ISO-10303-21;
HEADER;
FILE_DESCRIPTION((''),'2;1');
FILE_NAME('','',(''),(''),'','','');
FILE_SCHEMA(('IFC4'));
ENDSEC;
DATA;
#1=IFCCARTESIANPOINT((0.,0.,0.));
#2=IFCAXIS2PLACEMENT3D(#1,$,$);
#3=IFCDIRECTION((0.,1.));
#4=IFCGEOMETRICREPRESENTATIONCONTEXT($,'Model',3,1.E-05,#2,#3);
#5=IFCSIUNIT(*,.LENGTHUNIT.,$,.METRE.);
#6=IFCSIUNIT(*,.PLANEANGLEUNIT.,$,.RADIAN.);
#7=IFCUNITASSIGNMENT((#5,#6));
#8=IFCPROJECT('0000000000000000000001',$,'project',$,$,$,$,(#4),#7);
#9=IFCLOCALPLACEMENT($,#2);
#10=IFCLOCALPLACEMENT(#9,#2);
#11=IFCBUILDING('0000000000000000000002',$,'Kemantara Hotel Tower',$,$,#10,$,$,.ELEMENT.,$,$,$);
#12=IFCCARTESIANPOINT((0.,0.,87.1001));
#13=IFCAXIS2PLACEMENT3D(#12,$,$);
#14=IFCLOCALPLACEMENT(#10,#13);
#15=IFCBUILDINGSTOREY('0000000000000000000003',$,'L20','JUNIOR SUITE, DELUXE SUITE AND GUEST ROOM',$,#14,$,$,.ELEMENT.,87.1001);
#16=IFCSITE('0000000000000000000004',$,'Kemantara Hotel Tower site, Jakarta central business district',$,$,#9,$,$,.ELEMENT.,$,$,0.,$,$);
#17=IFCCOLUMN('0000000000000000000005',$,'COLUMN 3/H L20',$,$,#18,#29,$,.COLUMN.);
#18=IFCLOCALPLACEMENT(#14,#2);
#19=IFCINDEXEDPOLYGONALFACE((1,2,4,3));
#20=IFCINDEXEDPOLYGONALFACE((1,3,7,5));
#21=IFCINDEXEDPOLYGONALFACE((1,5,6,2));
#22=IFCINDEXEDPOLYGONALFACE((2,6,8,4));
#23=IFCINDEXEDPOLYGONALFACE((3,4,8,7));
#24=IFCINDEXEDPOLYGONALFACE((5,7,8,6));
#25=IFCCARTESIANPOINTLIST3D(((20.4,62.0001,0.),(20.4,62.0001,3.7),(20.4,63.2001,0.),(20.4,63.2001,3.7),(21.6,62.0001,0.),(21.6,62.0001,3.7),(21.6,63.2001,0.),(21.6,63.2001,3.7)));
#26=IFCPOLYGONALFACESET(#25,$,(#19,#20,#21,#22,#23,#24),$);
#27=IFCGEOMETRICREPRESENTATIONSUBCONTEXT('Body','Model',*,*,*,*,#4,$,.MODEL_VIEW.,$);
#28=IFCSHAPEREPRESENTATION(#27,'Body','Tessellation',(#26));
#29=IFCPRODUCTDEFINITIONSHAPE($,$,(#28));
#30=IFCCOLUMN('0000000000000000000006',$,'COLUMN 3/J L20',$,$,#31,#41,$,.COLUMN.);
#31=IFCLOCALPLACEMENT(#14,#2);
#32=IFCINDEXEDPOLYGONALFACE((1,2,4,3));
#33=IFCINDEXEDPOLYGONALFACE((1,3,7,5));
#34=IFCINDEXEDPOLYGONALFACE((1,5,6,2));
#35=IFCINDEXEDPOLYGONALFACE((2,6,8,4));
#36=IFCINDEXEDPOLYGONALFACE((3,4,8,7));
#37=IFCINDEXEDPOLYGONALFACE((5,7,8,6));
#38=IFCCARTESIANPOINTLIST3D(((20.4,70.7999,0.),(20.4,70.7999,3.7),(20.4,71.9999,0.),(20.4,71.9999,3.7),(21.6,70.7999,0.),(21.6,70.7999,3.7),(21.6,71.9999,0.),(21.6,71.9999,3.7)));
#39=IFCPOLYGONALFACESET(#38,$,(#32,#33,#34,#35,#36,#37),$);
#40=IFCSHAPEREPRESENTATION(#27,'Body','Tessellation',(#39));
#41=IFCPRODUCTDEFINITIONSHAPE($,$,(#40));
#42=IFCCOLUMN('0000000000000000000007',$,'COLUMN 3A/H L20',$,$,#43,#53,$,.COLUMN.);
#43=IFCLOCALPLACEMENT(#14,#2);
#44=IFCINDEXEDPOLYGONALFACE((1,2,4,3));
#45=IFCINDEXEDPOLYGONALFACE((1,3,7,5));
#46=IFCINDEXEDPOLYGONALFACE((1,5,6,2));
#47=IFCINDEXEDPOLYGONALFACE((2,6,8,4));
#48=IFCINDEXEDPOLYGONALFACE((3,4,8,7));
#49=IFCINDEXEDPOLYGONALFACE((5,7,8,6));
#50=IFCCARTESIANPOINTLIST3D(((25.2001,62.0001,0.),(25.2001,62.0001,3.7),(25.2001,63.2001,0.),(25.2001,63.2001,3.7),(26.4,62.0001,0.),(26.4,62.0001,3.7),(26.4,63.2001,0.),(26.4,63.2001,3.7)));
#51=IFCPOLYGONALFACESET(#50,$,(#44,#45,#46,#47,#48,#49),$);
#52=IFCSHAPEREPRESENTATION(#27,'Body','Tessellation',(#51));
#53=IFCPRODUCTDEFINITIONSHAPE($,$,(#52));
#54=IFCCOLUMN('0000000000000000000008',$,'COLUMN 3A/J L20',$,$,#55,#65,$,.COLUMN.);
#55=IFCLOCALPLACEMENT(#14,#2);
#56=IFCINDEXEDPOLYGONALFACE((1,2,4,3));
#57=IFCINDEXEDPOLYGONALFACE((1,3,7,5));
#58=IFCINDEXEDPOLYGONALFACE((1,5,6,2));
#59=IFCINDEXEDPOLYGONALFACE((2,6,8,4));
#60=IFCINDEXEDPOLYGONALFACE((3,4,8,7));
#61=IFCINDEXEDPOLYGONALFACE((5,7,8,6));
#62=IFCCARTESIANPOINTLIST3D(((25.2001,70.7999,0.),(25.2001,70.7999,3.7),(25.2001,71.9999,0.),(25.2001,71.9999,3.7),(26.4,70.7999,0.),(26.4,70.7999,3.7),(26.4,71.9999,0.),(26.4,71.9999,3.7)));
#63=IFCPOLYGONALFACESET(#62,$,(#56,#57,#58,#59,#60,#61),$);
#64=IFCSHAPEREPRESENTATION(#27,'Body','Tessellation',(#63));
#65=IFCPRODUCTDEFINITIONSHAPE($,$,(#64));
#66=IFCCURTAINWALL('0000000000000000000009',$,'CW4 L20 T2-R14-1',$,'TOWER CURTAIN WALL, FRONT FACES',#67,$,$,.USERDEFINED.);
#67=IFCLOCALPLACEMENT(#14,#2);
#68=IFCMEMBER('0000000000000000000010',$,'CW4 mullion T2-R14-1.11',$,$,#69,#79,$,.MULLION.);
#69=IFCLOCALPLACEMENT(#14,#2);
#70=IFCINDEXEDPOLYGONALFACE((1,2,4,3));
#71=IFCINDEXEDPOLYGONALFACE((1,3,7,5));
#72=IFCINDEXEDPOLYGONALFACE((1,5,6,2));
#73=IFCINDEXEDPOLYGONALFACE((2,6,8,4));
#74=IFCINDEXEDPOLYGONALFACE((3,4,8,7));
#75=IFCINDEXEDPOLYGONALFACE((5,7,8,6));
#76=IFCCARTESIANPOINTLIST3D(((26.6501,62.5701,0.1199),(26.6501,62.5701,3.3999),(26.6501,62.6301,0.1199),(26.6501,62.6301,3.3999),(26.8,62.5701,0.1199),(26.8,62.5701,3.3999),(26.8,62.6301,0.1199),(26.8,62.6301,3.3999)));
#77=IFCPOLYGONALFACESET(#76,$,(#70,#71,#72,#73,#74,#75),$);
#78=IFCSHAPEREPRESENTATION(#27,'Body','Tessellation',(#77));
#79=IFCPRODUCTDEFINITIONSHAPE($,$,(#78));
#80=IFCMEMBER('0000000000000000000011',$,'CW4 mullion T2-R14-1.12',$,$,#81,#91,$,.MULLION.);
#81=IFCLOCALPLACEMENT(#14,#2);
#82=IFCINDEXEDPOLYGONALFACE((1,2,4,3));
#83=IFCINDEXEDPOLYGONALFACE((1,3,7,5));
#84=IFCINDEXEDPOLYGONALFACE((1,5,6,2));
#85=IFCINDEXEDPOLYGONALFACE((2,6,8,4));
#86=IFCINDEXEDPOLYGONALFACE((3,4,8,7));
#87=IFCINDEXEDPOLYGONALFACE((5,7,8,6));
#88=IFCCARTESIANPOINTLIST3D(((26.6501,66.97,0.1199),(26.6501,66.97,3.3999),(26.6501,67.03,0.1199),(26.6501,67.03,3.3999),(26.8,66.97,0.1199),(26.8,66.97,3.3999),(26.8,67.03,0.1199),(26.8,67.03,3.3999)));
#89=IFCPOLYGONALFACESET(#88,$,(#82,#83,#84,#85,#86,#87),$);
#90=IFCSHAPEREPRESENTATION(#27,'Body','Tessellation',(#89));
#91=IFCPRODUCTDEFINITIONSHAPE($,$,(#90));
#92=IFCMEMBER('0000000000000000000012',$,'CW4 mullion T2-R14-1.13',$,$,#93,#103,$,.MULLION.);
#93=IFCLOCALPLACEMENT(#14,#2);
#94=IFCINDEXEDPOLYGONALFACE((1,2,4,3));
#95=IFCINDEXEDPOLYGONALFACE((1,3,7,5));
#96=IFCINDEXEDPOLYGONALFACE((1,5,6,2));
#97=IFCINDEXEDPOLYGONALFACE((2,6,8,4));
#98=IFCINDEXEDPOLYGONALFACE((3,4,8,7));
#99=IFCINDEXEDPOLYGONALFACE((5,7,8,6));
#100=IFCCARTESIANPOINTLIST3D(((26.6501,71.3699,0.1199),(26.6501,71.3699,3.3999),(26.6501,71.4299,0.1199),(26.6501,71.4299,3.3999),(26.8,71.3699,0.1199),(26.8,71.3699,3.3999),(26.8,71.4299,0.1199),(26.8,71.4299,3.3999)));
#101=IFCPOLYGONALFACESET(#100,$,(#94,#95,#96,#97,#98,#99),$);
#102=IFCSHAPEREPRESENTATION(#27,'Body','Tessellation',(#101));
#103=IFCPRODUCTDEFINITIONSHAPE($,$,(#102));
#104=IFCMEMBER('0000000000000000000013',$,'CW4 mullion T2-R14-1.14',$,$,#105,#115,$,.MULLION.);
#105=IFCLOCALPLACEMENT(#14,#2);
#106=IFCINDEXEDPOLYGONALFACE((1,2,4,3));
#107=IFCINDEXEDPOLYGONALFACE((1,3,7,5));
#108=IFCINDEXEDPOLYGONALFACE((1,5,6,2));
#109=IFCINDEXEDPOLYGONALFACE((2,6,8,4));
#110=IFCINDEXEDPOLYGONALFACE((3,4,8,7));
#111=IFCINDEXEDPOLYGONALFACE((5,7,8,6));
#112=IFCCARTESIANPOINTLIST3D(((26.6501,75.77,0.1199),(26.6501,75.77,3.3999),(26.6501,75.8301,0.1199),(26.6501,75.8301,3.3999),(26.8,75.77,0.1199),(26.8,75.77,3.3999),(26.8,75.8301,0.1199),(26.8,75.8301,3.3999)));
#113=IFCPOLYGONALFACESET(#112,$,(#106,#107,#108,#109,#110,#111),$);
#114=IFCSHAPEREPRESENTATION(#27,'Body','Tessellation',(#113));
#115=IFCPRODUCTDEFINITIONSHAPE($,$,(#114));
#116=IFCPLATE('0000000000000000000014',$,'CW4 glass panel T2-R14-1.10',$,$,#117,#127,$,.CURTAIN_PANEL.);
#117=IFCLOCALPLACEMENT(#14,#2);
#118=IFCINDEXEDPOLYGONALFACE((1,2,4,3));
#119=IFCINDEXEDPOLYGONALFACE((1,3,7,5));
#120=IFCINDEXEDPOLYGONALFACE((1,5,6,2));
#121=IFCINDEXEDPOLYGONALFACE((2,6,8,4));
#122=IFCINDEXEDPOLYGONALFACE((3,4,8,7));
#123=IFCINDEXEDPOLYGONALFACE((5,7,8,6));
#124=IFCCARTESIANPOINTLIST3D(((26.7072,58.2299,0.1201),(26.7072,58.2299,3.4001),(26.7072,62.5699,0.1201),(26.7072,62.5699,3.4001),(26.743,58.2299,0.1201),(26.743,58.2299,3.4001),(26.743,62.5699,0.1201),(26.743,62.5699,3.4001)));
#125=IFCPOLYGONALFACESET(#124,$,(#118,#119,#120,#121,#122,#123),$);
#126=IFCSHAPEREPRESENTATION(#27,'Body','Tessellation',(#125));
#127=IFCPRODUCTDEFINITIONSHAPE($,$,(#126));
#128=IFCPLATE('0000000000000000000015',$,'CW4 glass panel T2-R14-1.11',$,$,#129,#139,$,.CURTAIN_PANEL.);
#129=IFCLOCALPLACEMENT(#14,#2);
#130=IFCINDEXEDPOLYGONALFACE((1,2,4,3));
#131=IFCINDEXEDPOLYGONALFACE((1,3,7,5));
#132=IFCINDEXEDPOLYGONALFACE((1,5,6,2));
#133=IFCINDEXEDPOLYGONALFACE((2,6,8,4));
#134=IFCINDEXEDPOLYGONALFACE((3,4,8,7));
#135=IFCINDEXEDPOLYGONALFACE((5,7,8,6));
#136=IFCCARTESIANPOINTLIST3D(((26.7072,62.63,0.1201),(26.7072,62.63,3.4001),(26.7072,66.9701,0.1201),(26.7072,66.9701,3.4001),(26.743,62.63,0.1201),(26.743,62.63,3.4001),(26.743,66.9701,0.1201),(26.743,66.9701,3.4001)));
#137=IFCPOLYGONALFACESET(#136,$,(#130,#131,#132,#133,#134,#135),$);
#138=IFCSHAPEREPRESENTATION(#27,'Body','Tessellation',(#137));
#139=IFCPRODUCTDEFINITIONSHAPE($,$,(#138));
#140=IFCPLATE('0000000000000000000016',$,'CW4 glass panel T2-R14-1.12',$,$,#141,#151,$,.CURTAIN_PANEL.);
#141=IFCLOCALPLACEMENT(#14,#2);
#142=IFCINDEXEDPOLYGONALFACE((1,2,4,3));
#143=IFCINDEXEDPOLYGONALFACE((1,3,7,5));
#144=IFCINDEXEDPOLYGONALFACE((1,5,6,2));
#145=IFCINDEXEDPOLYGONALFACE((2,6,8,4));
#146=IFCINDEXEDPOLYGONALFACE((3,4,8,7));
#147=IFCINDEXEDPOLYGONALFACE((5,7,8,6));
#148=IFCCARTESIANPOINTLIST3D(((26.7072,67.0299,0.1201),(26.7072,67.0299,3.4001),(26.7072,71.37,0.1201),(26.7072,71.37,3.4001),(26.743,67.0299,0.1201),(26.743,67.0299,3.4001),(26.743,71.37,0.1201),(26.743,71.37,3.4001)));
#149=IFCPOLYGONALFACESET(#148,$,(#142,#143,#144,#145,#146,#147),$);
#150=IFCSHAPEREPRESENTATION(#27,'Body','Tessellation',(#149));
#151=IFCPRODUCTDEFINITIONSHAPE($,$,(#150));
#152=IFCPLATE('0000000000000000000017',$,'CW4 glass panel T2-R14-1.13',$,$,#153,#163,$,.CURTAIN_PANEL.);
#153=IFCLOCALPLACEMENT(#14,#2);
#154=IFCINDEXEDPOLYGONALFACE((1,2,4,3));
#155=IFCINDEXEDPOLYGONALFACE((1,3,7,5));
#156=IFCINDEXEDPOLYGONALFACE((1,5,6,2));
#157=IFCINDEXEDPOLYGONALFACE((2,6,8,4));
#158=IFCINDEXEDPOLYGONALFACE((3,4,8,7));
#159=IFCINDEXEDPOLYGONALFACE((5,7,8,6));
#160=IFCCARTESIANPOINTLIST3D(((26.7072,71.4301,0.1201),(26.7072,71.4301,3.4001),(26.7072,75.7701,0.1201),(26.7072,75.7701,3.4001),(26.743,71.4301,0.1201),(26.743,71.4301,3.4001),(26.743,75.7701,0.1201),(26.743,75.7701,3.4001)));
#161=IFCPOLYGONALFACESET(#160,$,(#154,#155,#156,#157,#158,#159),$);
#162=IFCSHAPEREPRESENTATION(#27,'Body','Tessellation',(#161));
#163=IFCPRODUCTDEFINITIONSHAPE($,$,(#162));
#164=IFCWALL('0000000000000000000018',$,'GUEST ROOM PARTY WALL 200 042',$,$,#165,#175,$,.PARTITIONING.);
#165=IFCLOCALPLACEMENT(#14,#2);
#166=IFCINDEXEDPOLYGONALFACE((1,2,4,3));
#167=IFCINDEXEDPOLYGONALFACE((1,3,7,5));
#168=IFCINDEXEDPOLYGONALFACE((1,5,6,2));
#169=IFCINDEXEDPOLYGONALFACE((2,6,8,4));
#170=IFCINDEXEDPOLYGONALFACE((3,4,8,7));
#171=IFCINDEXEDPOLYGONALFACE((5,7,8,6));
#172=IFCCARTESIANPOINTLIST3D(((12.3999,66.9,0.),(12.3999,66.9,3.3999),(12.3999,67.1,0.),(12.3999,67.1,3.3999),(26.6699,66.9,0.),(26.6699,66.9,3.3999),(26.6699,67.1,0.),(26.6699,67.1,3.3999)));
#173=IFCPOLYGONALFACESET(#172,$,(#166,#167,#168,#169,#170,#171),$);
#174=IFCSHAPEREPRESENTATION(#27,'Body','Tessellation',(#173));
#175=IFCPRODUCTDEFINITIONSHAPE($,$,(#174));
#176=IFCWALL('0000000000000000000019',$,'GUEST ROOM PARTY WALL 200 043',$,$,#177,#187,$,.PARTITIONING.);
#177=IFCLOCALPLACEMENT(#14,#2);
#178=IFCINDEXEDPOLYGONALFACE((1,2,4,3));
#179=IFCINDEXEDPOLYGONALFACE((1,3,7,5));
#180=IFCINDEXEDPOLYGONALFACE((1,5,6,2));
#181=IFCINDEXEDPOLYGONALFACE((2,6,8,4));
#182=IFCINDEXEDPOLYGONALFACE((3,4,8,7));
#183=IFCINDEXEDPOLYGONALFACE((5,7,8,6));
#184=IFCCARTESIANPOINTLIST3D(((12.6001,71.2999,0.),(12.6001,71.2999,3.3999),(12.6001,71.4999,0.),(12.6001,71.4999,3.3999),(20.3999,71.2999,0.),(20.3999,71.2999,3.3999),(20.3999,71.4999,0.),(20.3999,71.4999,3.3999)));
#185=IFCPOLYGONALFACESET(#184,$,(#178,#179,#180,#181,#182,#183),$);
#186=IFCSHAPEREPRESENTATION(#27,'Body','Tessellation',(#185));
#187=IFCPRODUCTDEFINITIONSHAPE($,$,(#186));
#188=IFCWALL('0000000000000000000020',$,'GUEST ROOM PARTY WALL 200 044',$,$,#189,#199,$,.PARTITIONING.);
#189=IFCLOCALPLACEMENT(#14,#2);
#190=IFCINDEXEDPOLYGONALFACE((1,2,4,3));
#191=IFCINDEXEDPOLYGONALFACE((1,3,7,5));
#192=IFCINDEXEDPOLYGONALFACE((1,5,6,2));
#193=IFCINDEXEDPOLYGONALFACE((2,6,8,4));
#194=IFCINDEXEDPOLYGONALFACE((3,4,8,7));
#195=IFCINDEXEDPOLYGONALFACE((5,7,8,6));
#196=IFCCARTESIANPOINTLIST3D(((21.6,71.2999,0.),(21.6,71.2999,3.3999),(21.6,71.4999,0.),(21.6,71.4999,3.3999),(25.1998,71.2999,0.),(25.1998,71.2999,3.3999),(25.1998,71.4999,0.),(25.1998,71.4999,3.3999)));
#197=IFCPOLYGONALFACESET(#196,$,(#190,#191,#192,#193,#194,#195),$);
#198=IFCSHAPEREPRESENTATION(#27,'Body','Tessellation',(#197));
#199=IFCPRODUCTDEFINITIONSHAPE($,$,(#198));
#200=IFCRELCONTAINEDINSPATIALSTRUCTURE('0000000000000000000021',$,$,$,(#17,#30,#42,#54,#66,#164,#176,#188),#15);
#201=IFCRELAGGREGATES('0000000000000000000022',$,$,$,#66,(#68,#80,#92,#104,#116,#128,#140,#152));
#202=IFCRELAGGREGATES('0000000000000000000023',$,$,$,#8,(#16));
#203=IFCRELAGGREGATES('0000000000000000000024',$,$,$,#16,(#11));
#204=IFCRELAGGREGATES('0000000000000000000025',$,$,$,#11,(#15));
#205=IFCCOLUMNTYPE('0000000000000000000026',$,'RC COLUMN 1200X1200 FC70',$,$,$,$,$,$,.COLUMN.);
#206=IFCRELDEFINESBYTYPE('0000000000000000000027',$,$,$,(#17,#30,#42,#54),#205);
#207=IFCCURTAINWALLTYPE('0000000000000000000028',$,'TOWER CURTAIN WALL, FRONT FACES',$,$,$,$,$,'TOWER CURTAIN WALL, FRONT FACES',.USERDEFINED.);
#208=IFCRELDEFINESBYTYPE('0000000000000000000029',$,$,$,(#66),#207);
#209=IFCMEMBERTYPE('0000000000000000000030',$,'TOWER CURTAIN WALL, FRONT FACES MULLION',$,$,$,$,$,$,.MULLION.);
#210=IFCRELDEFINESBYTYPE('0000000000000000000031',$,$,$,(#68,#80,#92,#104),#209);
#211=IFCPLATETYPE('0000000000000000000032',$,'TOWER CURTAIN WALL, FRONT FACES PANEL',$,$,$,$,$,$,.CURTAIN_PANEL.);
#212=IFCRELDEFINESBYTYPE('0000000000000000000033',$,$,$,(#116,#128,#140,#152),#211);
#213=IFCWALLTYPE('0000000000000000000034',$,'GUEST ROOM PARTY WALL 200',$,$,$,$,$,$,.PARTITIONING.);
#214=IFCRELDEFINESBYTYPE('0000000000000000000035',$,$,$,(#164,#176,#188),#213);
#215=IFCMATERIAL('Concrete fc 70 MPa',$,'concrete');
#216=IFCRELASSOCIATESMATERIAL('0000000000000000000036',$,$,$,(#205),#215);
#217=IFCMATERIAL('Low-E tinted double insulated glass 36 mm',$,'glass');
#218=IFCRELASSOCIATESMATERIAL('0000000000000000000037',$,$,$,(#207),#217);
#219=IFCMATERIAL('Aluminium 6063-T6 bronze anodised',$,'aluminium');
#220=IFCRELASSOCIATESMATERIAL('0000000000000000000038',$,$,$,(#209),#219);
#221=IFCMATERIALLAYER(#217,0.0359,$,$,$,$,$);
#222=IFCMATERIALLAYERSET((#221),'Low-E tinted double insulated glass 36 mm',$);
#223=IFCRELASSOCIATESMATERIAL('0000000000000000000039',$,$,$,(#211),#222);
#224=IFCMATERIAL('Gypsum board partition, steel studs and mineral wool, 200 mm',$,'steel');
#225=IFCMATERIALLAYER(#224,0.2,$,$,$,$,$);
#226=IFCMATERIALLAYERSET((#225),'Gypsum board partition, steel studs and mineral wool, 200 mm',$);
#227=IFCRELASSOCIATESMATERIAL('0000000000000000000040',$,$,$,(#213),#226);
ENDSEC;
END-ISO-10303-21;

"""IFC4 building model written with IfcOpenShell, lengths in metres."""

from ifc_helpers import new_model, si_unit, direction, frame, frame_2d, origin, origin_2d, place, context, subcontext, project, spatial, rectangle, extrude, source, transform, mapped, material, layer, layer_set, material_profile, profile_set, type_object, element, aggregate, save


model = new_model("IFC4")

# Units and contexts
model_context = context("Model", 3, precision=1e-05, world=origin(), true_north=direction((0.0, 1.0)))
body_context = subcontext(model_context, "Body", "Model", "MODEL_VIEW")
ifc_project = project(units=[si_unit("LENGTHUNIT", "METRE"), si_unit("PLANEANGLEUNIT", "RADIAN")], contexts=[model_context])

# Site, building, storey
site_placement = place(None, origin())
site = spatial("IfcSite", under=ifc_project, at=site_placement, Name="Kemantara Hotel Tower site, Jakarta central business district", CompositionType="ELEMENT", RefElevation=0.0)
building_placement = place(site_placement, origin())
building = spatial("IfcBuilding", under=site, at=building_placement, Name="Kemantara Hotel Tower", CompositionType="ELEMENT")
storey_placement = place(building_placement, frame((0.0, 0.0, 87.1001)))
storey = spatial("IfcBuildingStorey", under=building, at=storey_placement, Name="L20", Description="JUNIOR SUITE, DELUXE SUITE AND GUEST ROOM", CompositionType="ELEMENT", Elevation=87.1001)

# Columns
ifc_material_1 = material(Name="Concrete fc 70 MPa", Category="concrete")
ifc_material_profile_1 = material_profile(ifc_material_1, rectangle(XDim=1.2, YDim=1.2, at=origin_2d()), Name="RC 1200X1200")
ifc_profile_set_1 = profile_set([ifc_material_profile_1], Name="Concrete fc 70 MPa")
column_type = type_object("IfcColumnType", Name="RC COLUMN 1200X1200 FC70", PredefinedType="COLUMN", material=ifc_profile_set_1)
for number, where, z_axis, x_axis, name in (
    (1, (21.0, 62.6001, 0.0), (0.0, 0.0, 1.0), (1.0, 0.0, 0.0), "COLUMN 3/H L20"),
    (2, (21.0, 71.3999, 0.0), (0.0, 0.0, 1.0), (1.0, 0.0, 0.0), "COLUMN 3/J L20"),
    (3, (25.8, 62.6001, 0.0), (0.0, 0.0, 1.0), (1.0, 0.0, 0.0), "COLUMN 3A/H L20"),
    (4, (25.8, 71.3999, 0.0), (0.0, 0.0, 1.0), (1.0, 0.0, 0.0), "COLUMN 3A/J L20"),
):
    element("IfcColumn", number, at=place(storey_placement, frame(where, z_axis=z_axis, x_axis=x_axis)), inside=storey, type_object=column_type, Name=name, PredefinedType="COLUMN", context=body_context, shape_type="SweptSolid", body=[
        extrude(rectangle(XDim=1.2, YDim=1.2, at=origin_2d()), origin(), (0.0, 0.0, 1.0), 3.7),
    ])

# Curtain wall, members, plates
ifc_material_2 = material(Name="Low-E tinted double insulated glass 36 mm", Category="glass")
curtain_wall_type = type_object("IfcCurtainWallType", Name="TOWER CURTAIN WALL, FRONT FACES", ElementType="TOWER CURTAIN WALL, FRONT FACES", PredefinedType="USERDEFINED", material=ifc_material_2)
curtain_wall_placement = place(storey_placement, origin())
curtain_wall = element("IfcCurtainWall", 5, at=curtain_wall_placement, inside=storey, type_object=curtain_wall_type, Name="CW4 L20 T2-R14-1", ObjectType="TOWER CURTAIN WALL, FRONT FACES", PredefinedType="USERDEFINED")
ifc_material_3 = material(Name="Aluminium 6063-T6 bronze anodised", Category="aluminium")
ifc_material_profile_2 = material_profile(ifc_material_3, rectangle(XDim=0.1499, YDim=0.0601, at=origin_2d()), Name="TOWER CURTAIN WALL, FRONT FACES MULLION")
ifc_profile_set_2 = profile_set([ifc_material_profile_2], Name="Aluminium 6063-T6 bronze anodised")
member_type = type_object("IfcMemberType", Name="TOWER CURTAIN WALL, FRONT FACES MULLION", PredefinedType="MULLION", material=ifc_profile_set_2)
shared_shape_1 = source(origin(), body_context, "Body", "SweptSolid", [
    extrude(rectangle(XDim=0.1499, YDim=0.0601, at=origin_2d()), origin(), (0.0, 0.0, 1.0), 3.28),
])
member_1_placement = place(storey_placement, frame((26.7251, 62.6001, 0.1199), z_axis=(0.0, 0.0, 1.0), x_axis=(-1.0, 0.0, 0.0)))
member_1 = element("IfcMember", 6, at=member_1_placement, type_object=member_type, Name="CW4 mullion T2-R14-1.11", PredefinedType="MULLION", context=body_context, shape_type="MappedRepresentation", body=[
    mapped(shared_shape_1, transform((0.0, 0.0, 0.0))),
])
member_2_placement = place(storey_placement, frame((26.7251, 67.0, 0.1199), z_axis=(0.0, 0.0, 1.0), x_axis=(-1.0, 0.0, 0.0)))
member_2 = element("IfcMember", 7, at=member_2_placement, type_object=member_type, Name="CW4 mullion T2-R14-1.12", PredefinedType="MULLION", context=body_context, shape_type="MappedRepresentation", body=[
    mapped(shared_shape_1, transform((0.0, 0.0, 0.0))),
])
member_3_placement = place(storey_placement, frame((26.7251, 71.3999, 0.1199), z_axis=(0.0, 0.0, 1.0), x_axis=(-1.0, 0.0, 0.0)))
member_3 = element("IfcMember", 8, at=member_3_placement, type_object=member_type, Name="CW4 mullion T2-R14-1.13", PredefinedType="MULLION", context=body_context, shape_type="MappedRepresentation", body=[
    mapped(shared_shape_1, transform((0.0, 0.0, 0.0))),
])
member_4_placement = place(storey_placement, frame((26.7251, 75.8, 0.1199), z_axis=(0.0, 0.0, 1.0), x_axis=(-1.0, 0.0, 0.0)))
member_4 = element("IfcMember", 9, at=member_4_placement, type_object=member_type, Name="CW4 mullion T2-R14-1.14", PredefinedType="MULLION", context=body_context, shape_type="MappedRepresentation", body=[
    mapped(shared_shape_1, transform((0.0, 0.0, 0.0))),
])
ifc_layer_1 = layer(ifc_material_2, 0.0359)
ifc_layer_set_1 = layer_set([ifc_layer_1], Name="Low-E tinted double insulated glass 36 mm")
plate_type = type_object("IfcPlateType", Name="TOWER CURTAIN WALL, FRONT FACES PANEL", PredefinedType="CURTAIN_PANEL", material=ifc_layer_set_1)
shared_shape_2 = source(origin(), body_context, "Body", "SweptSolid", [
    extrude(rectangle(XDim=4.3401, YDim=0.0359, at=origin_2d()), origin(), (0.0, 0.0, 1.0), 3.28),
])
plate_1_placement = place(storey_placement, frame((26.7251, 60.3999, 0.1201), z_axis=(0.0, 0.0, 1.0), x_axis=(0.0, 1.0, 0.0)))
plate_1 = element("IfcPlate", 10, at=plate_1_placement, type_object=plate_type, Name="CW4 glass panel T2-R14-1.10", PredefinedType="CURTAIN_PANEL", context=body_context, shape_type="MappedRepresentation", body=[
    mapped(shared_shape_2, transform((0.0, 0.0, 0.0))),
])
plate_2_placement = place(storey_placement, frame((26.7251, 64.8, 0.1201), z_axis=(0.0, 0.0, 1.0), x_axis=(0.0, 1.0, 0.0)))
plate_2 = element("IfcPlate", 11, at=plate_2_placement, type_object=plate_type, Name="CW4 glass panel T2-R14-1.11", PredefinedType="CURTAIN_PANEL", context=body_context, shape_type="MappedRepresentation", body=[
    mapped(shared_shape_2, transform((0.0, 0.0, 0.0))),
])
plate_3_placement = place(storey_placement, frame((26.7251, 69.2, 0.1201), z_axis=(0.0, 0.0, 1.0), x_axis=(0.0, 1.0, 0.0)))
plate_3 = element("IfcPlate", 12, at=plate_3_placement, type_object=plate_type, Name="CW4 glass panel T2-R14-1.12", PredefinedType="CURTAIN_PANEL", context=body_context, shape_type="MappedRepresentation", body=[
    mapped(shared_shape_2, transform((0.0, 0.0, 0.0))),
])
plate_4_placement = place(storey_placement, frame((26.7251, 73.6001, 0.1201), z_axis=(0.0, 0.0, 1.0), x_axis=(0.0, 1.0, 0.0)))
plate_4 = element("IfcPlate", 13, at=plate_4_placement, type_object=plate_type, Name="CW4 glass panel T2-R14-1.13", PredefinedType="CURTAIN_PANEL", context=body_context, shape_type="MappedRepresentation", body=[
    mapped(shared_shape_2, transform((0.0, 0.0, 0.0))),
])
aggregate(curtain_wall, [member_1, member_2, member_3, member_4, plate_1, plate_2, plate_3, plate_4])

# Walls
ifc_material_4 = material(Name="Gypsum board partition, steel studs and mineral wool, 200 mm", Category="steel")
ifc_layer_2 = layer(ifc_material_4, 0.2)
ifc_layer_set_2 = layer_set([ifc_layer_2], Name="Gypsum board partition, steel studs and mineral wool, 200 mm")
wall_type_1 = type_object("IfcWallType", Name="GUEST ROOM PARTY WALL 200", PredefinedType="PARTITIONING", material=ifc_layer_set_2)
wall_1_placement = place(storey_placement, frame((12.3999, 67.0, 0.0), z_axis=(0.0, 0.0, 1.0), x_axis=(1.0, 0.0, 0.0)))
element("IfcWall", 14, at=wall_1_placement, inside=storey, type_object=wall_type_1, Name="GUEST ROOM PARTY WALL 200 042", PredefinedType="PARTITIONING", context=body_context, shape_type="SweptSolid", body=[
    extrude(rectangle(XDim=14.27, YDim=0.2, at=frame_2d((7.135, 0.0))), origin(), (0.0, 0.0, 1.0), 3.3999),
])
wall_2_placement = place(storey_placement, frame((12.6001, 71.3999, 0.0), z_axis=(0.0, 0.0, 1.0), x_axis=(1.0, 0.0, 0.0)))
element("IfcWall", 15, at=wall_2_placement, inside=storey, type_object=wall_type_1, Name="GUEST ROOM PARTY WALL 200 043", PredefinedType="PARTITIONING", context=body_context, shape_type="SweptSolid", body=[
    extrude(rectangle(XDim=7.7998, YDim=0.2, at=frame_2d((3.8999, 0.0))), origin(), (0.0, 0.0, 1.0), 3.3999),
])
wall_3_placement = place(storey_placement, frame((21.6001, 71.3999, 0.0), z_axis=(0.0, 0.0, 1.0), x_axis=(1.0, 0.0, 0.0)))
element("IfcWall", 16, at=wall_3_placement, inside=storey, type_object=wall_type_1, Name="GUEST ROOM PARTY WALL 200 044", PredefinedType="PARTITIONING", context=body_context, shape_type="SweptSolid", body=[
    extrude(rectangle(XDim=3.5999, YDim=0.2, at=frame_2d((1.7998, 0.0))), origin(), (0.0, 0.0, 1.0), 3.3999),
])

save(model, "model.ifc")
